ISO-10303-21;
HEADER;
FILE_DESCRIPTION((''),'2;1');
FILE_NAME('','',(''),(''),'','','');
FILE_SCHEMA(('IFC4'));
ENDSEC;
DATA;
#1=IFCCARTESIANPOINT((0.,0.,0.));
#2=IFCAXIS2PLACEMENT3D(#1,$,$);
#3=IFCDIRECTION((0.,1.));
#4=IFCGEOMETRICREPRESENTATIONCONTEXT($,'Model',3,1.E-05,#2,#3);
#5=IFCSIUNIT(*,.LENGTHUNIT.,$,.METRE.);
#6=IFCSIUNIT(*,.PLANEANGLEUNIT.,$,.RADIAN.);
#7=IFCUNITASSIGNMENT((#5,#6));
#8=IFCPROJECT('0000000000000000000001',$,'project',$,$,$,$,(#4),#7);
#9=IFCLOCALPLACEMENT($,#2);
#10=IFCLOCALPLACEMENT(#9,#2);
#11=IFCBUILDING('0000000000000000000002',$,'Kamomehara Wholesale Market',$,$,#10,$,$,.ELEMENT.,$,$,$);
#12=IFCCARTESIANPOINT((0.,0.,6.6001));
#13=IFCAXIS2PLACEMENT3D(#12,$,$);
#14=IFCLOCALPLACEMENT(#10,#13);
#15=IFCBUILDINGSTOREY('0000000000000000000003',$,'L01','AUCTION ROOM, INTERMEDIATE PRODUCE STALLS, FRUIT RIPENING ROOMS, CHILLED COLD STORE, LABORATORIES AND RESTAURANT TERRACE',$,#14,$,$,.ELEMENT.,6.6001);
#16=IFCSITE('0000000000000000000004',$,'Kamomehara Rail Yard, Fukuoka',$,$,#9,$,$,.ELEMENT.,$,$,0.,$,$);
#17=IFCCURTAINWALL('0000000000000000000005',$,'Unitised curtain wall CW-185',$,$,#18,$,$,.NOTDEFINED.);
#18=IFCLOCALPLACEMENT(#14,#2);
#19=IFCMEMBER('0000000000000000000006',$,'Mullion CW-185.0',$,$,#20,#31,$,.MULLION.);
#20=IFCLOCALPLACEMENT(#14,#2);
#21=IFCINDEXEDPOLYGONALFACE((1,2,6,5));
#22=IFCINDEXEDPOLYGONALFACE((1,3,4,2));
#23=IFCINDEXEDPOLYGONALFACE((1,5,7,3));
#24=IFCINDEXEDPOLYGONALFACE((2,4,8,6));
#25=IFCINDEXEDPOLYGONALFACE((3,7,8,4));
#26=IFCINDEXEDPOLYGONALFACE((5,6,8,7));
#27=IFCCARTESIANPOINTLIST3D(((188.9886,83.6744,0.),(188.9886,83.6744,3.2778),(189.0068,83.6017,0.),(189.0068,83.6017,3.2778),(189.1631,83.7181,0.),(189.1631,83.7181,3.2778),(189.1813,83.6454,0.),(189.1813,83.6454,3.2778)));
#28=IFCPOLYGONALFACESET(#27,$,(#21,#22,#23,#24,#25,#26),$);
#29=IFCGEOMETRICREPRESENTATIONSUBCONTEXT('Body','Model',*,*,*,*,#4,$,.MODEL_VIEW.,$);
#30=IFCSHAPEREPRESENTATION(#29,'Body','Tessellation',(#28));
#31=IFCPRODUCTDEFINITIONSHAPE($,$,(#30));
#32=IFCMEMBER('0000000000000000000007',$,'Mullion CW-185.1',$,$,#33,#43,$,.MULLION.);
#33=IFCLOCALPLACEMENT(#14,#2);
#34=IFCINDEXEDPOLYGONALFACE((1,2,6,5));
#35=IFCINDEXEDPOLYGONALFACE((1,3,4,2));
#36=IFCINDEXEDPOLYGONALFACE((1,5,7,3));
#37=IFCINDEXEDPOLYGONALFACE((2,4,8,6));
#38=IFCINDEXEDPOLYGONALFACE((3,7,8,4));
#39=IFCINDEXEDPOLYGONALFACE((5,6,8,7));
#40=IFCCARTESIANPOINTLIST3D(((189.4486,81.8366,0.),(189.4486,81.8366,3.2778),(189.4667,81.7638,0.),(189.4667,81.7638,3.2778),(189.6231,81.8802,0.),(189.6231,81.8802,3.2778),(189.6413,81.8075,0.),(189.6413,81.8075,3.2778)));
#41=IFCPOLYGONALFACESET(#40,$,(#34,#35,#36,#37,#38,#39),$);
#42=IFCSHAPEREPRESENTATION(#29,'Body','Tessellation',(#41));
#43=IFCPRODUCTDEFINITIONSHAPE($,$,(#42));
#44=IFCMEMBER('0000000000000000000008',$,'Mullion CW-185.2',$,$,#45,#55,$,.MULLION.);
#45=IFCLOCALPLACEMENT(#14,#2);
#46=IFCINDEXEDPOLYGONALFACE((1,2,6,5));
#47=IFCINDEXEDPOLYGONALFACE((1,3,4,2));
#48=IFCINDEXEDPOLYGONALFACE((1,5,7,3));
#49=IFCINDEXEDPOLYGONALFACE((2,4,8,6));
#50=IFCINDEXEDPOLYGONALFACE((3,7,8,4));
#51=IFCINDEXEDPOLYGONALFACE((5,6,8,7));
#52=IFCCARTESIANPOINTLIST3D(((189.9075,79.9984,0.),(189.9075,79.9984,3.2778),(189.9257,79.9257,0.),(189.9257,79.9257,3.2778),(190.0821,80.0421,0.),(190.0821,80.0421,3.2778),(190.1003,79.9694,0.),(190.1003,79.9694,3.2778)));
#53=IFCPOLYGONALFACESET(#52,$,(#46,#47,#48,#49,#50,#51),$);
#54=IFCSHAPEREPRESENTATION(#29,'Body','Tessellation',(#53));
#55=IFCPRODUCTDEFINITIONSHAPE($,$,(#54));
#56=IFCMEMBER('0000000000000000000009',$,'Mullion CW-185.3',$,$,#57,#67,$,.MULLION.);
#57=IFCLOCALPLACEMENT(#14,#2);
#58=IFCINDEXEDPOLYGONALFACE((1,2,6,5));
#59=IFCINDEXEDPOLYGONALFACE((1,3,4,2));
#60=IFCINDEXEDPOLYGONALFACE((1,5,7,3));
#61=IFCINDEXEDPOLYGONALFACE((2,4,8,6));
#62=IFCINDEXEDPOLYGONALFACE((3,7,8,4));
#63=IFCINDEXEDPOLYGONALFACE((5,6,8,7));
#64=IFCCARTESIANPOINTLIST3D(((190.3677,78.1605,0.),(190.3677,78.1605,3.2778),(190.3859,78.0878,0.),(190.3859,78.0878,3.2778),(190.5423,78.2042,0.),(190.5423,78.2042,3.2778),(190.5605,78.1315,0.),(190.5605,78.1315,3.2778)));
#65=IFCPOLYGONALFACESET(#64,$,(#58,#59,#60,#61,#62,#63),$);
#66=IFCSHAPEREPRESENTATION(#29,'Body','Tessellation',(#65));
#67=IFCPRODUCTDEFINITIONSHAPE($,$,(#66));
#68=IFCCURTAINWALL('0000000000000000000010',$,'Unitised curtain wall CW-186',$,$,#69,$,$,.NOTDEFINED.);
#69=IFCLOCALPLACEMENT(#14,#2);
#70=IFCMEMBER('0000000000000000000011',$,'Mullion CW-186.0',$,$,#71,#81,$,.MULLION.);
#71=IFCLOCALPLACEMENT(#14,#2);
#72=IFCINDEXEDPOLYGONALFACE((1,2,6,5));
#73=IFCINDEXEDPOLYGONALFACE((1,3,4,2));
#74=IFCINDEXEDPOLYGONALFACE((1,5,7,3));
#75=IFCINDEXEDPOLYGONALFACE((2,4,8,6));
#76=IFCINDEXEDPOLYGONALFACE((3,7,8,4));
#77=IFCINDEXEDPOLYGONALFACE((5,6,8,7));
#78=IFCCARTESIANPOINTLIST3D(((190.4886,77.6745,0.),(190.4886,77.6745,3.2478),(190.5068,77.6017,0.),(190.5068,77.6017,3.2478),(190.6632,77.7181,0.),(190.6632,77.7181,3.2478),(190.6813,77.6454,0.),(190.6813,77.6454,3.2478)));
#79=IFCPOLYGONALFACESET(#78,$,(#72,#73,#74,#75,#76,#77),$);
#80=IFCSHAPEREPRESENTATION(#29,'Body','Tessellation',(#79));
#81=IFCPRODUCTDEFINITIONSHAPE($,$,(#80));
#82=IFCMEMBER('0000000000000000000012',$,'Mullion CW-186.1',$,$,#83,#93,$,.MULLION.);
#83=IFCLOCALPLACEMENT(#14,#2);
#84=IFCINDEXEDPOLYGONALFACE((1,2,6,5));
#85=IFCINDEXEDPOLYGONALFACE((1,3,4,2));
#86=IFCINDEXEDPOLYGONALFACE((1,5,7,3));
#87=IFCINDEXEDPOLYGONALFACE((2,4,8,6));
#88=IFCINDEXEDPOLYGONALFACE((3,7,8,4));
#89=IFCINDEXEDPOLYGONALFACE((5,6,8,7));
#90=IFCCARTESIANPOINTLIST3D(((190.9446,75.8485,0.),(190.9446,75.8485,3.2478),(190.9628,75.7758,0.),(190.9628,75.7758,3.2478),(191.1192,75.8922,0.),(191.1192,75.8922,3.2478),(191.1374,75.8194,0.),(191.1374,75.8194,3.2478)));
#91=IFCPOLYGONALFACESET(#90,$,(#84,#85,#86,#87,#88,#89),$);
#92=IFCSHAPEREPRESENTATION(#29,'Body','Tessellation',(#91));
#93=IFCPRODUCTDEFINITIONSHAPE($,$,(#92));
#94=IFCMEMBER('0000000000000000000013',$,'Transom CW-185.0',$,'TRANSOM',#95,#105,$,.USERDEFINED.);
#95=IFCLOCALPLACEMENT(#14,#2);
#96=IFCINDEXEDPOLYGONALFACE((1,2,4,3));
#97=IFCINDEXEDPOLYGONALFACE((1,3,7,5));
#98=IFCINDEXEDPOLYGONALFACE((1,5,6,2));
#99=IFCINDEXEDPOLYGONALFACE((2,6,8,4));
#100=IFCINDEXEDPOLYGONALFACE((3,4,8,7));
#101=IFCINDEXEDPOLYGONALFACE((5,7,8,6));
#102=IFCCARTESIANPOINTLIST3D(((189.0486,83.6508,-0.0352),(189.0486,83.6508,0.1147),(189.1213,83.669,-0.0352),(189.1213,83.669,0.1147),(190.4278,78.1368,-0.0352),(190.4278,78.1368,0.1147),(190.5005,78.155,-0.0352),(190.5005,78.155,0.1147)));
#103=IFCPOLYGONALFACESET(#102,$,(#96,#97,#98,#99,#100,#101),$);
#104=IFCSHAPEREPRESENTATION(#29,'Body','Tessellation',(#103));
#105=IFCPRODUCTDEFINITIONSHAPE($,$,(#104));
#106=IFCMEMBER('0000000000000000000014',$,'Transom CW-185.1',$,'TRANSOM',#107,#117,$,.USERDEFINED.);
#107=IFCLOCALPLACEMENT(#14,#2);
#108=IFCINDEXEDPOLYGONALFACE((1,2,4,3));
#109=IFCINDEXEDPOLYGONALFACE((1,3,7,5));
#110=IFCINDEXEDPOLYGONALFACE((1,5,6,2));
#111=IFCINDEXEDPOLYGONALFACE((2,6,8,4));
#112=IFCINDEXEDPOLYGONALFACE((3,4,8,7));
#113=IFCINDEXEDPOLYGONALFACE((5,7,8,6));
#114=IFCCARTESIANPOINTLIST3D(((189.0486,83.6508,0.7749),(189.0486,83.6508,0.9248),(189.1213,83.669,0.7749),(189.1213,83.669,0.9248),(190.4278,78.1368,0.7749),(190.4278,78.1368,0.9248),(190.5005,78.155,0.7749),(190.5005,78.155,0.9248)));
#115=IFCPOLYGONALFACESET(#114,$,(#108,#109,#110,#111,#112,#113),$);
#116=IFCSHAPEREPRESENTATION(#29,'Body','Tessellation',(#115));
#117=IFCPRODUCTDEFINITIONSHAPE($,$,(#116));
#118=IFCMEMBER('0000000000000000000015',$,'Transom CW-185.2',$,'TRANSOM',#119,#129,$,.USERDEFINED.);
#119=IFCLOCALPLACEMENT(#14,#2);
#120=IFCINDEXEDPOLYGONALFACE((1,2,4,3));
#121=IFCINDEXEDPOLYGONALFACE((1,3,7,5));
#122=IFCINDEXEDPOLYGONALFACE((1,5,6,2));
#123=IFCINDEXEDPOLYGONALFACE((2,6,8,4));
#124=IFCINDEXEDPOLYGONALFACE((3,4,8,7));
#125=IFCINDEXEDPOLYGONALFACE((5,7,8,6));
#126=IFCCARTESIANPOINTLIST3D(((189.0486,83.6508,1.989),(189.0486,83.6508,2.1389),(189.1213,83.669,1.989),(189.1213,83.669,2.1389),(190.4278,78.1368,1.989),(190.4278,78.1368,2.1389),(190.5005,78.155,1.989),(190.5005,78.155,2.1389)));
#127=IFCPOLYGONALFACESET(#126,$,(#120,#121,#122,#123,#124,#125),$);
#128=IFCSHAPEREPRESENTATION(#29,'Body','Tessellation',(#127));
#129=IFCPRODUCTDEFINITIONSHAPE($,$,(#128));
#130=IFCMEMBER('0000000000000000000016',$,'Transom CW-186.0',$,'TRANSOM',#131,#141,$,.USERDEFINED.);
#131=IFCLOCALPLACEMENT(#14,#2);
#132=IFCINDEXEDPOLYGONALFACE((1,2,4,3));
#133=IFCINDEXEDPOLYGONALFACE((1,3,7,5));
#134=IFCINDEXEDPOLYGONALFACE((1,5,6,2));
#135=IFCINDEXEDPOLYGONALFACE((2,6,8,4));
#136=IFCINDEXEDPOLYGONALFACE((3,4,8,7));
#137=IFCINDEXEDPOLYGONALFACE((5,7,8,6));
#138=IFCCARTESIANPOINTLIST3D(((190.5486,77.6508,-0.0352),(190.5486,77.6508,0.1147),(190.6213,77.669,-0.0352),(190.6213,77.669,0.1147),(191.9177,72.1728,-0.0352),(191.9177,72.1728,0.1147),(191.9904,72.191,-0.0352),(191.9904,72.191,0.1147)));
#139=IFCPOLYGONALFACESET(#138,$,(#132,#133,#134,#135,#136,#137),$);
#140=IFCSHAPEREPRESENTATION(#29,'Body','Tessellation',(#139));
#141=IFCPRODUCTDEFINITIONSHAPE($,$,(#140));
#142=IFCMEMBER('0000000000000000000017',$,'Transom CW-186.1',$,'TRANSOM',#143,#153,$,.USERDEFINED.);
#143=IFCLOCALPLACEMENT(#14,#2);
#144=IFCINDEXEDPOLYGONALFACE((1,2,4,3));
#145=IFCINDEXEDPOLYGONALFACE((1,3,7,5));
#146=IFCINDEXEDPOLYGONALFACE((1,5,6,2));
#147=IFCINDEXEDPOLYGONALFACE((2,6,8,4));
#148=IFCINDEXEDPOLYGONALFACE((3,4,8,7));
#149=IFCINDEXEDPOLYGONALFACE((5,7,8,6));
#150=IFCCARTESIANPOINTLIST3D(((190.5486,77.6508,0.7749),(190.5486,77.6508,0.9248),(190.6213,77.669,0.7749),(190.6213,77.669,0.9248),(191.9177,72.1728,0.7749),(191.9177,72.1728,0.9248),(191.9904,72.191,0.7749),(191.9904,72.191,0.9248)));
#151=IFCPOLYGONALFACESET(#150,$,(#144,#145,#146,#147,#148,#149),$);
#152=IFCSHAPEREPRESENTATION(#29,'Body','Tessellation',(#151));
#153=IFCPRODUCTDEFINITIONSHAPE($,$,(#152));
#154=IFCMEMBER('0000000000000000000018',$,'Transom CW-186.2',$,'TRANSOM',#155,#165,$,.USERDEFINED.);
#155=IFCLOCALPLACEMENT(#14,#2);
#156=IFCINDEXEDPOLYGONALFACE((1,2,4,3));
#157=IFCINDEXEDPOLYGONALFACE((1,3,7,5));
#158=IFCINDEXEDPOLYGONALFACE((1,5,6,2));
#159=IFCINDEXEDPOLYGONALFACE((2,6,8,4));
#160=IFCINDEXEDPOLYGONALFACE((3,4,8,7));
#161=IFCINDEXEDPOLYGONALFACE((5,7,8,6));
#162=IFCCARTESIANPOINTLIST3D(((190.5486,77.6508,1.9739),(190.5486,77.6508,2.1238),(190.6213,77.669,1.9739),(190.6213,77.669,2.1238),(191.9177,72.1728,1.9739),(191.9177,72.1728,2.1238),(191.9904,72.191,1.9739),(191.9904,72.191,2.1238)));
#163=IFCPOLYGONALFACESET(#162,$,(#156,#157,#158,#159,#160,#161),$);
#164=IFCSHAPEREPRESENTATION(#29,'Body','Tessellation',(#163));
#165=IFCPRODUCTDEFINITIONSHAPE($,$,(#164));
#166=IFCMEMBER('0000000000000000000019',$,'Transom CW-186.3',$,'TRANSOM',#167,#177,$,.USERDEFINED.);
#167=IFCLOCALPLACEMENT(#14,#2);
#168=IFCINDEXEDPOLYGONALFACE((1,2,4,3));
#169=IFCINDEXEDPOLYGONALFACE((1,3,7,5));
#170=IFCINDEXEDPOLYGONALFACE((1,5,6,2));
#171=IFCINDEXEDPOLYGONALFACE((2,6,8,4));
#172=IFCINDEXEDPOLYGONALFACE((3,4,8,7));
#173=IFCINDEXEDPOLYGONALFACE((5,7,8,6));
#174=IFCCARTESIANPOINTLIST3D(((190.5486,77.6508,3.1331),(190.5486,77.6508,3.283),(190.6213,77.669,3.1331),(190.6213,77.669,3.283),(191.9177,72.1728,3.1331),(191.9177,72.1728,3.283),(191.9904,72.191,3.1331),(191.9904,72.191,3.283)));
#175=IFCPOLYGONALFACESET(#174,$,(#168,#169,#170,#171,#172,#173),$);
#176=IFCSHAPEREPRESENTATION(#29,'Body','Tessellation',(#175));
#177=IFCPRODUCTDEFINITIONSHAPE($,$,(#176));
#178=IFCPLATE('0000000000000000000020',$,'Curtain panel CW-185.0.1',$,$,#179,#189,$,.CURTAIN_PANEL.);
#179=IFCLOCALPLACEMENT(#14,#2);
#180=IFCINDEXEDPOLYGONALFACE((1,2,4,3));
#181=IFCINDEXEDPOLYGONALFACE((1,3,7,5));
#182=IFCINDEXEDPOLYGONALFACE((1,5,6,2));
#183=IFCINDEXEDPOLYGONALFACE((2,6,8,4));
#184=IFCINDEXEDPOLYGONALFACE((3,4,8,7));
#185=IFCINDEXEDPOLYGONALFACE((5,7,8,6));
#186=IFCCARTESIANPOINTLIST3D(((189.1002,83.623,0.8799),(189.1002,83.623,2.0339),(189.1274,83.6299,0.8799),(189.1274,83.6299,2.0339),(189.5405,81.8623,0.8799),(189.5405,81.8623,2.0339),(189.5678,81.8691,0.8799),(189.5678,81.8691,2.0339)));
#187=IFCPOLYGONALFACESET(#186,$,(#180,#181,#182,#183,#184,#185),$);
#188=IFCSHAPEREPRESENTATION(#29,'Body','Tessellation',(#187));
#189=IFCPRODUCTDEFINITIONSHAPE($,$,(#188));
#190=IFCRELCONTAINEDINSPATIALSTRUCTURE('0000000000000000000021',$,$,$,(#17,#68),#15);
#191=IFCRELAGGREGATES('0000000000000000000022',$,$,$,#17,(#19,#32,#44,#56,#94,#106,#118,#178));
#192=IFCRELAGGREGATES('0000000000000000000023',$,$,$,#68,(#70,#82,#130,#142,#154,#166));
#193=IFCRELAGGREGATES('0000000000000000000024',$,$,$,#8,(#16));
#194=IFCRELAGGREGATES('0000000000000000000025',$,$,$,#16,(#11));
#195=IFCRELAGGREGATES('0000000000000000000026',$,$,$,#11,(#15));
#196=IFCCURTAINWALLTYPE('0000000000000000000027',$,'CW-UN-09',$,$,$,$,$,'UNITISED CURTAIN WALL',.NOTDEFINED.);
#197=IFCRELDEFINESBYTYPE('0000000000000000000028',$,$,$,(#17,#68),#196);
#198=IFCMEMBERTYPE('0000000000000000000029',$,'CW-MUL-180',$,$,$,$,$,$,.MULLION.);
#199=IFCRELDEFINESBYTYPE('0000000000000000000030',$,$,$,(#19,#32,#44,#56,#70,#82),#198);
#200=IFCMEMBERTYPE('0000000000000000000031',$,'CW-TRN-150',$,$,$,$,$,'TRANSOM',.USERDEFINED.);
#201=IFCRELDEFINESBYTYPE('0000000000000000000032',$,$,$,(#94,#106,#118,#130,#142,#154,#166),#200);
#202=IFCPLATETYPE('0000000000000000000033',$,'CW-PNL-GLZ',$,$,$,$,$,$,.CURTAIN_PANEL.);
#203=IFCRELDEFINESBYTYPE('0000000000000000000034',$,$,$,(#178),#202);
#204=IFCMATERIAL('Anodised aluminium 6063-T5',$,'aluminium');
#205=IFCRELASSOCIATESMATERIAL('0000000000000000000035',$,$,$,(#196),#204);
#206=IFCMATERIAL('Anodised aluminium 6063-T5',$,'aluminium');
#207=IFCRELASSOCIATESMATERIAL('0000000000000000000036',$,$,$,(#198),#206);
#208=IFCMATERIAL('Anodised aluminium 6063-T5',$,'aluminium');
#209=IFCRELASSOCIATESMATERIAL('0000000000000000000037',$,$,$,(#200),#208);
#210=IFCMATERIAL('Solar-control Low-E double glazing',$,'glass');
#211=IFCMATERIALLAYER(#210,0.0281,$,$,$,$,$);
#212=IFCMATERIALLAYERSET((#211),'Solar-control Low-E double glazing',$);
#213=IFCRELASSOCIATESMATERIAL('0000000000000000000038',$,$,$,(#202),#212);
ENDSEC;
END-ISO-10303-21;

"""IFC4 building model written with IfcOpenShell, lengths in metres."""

from ifc_helpers import new_model, si_unit, direction, frame, origin, origin_2d, place, context, subcontext, project, spatial, rectangle, extrude, material, layer, layer_set, material_profile, profile_set, type_object, element, aggregate, save


model = new_model("IFC4")

# Units and contexts
model_context = context("Model", 3, precision=1e-05, world=origin(), true_north=direction((0.0, 1.0)))
body_context = subcontext(model_context, "Body", "Model", "MODEL_VIEW")
ifc_project = project(units=[si_unit("LENGTHUNIT", "METRE"), si_unit("PLANEANGLEUNIT", "RADIAN")], contexts=[model_context])

# Site, building, storey
site_placement = place(None, origin())
site = spatial("IfcSite", under=ifc_project, at=site_placement, Name="Kamomehara Rail Yard, Fukuoka", CompositionType="ELEMENT", RefElevation=0.0)
building_placement = place(site_placement, origin())
building = spatial("IfcBuilding", under=site, at=building_placement, Name="Kamomehara Wholesale Market", CompositionType="ELEMENT")
storey_placement = place(building_placement, frame((0.0, 0.0, 6.6001)))
storey = spatial("IfcBuildingStorey", under=building, at=storey_placement, Name="L01", Description="AUCTION ROOM, INTERMEDIATE PRODUCE STALLS, FRUIT RIPENING ROOMS, CHILLED COLD STORE, LABORATORIES AND RESTAURANT TERRACE", CompositionType="ELEMENT", Elevation=6.6001)

# Curtain walls, members
ifc_material_1 = material(Name="Anodised aluminium 6063-T5", Category="aluminium")
curtain_wall_type = type_object("IfcCurtainWallType", Name="CW-UN-09", ElementType="UNITISED CURTAIN WALL", PredefinedType="NOTDEFINED", material=ifc_material_1)
curtain_wall_1_placement = place(storey_placement, origin())
curtain_wall_1 = element("IfcCurtainWall", 1, at=curtain_wall_1_placement, inside=storey, type_object=curtain_wall_type, Name="Unitised curtain wall CW-185", PredefinedType="NOTDEFINED")
ifc_material_2 = material(Name="Anodised aluminium 6063-T5", Category="aluminium")
ifc_material_profile_1 = material_profile(ifc_material_2, rectangle(XDim=0.075, YDim=0.1799, at=origin_2d()), Name="ALU-MUL-75x180")
ifc_profile_set_1 = profile_set([ifc_material_profile_1], Name="Anodised aluminium 6063-T5")
member_type_1 = type_object("IfcMemberType", Name="CW-MUL-180", PredefinedType="MULLION", material=ifc_profile_set_1)
member_1_placement = place(storey_placement, frame((189.085, 83.6599, 0.0), z_axis=(0.0, 0.0, 1.0), x_axis=(0.242618, -0.970122, 0.0)))
member_1 = element("IfcMember", 2, at=member_1_placement, type_object=member_type_1, Name="Mullion CW-185.0", PredefinedType="MULLION", context=body_context, shape_type="SweptSolid", body=[
    extrude(rectangle(XDim=0.075, YDim=0.1799, at=origin_2d()), origin(), (0.0, 0.0, 1.0), 3.2778),
])
member_2_placement = place(storey_placement, frame((189.5449, 81.822, 0.0), z_axis=(0.0, 0.0, 1.0), x_axis=(0.242618, -0.970122, 0.0)))
member_2 = element("IfcMember", 3, at=member_2_placement, type_object=member_type_1, Name="Mullion CW-185.1", PredefinedType="MULLION", context=body_context, shape_type="SweptSolid", body=[
    extrude(rectangle(XDim=0.075, YDim=0.1799, at=origin_2d()), origin(), (0.0, 0.0, 1.0), 3.2778),
])
member_3_placement = place(storey_placement, frame((190.0039, 79.9839, 0.0), z_axis=(0.0, 0.0, 1.0), x_axis=(0.242618, -0.970122, 0.0)))
member_3 = element("IfcMember", 4, at=member_3_placement, type_object=member_type_1, Name="Mullion CW-185.2", PredefinedType="MULLION", context=body_context, shape_type="SweptSolid", body=[
    extrude(rectangle(XDim=0.075, YDim=0.1799, at=origin_2d()), origin(), (0.0, 0.0, 1.0), 3.2778),
])
member_4_placement = place(storey_placement, frame((190.4641, 78.146, 0.0), z_axis=(0.0, 0.0, 1.0), x_axis=(0.242618, -0.970122, 0.0)))
member_4 = element("IfcMember", 5, at=member_4_placement, type_object=member_type_1, Name="Mullion CW-185.3", PredefinedType="MULLION", context=body_context, shape_type="SweptSolid", body=[
    extrude(rectangle(XDim=0.075, YDim=0.1799, at=origin_2d()), origin(), (0.0, 0.0, 1.0), 3.2778),
])
curtain_wall_2_placement = place(storey_placement, origin())
curtain_wall_2 = element("IfcCurtainWall", 6, at=curtain_wall_2_placement, inside=storey, type_object=curtain_wall_type, Name="Unitised curtain wall CW-186", PredefinedType="NOTDEFINED")
member_5_placement = place(storey_placement, frame((190.585, 77.6599, 0.0), z_axis=(0.0, 0.0, 1.0), x_axis=(0.242452, -0.970163, 0.0)))
member_5 = element("IfcMember", 7, at=member_5_placement, type_object=member_type_1, Name="Mullion CW-186.0", PredefinedType="MULLION", context=body_context, shape_type="SweptSolid", body=[
    extrude(rectangle(XDim=0.075, YDim=0.1799, at=origin_2d()), origin(), (0.0, 0.0, 1.0), 3.2478),
])
member_6_placement = place(storey_placement, frame((191.041, 75.834, 0.0), z_axis=(0.0, 0.0, 1.0), x_axis=(0.242452, -0.970163, 0.0)))
member_6 = element("IfcMember", 8, at=member_6_placement, type_object=member_type_1, Name="Mullion CW-186.1", PredefinedType="MULLION", context=body_context, shape_type="SweptSolid", body=[
    extrude(rectangle(XDim=0.075, YDim=0.1799, at=origin_2d()), origin(), (0.0, 0.0, 1.0), 3.2478),
])

# Members
ifc_material_3 = material(Name="Anodised aluminium 6063-T5", Category="aluminium")
ifc_material_profile_2 = material_profile(ifc_material_3, rectangle(XDim=0.075, YDim=0.1499, at=origin_2d()), Name="ALU-TRN-75x150")
ifc_profile_set_2 = profile_set([ifc_material_profile_2], Name="Anodised aluminium 6063-T5")
member_type_2 = type_object("IfcMemberType", Name="CW-TRN-150", ElementType="TRANSOM", PredefinedType="USERDEFINED", material=ifc_profile_set_2)
member_7_placement = place(storey_placement, frame((189.085, 83.6599, 0.0398), z_axis=(0.242647, -0.970115, 0.0), x_axis=(0.970115, 0.242647, 0.0)))
member_7 = element("IfcMember", 9, at=member_7_placement, type_object=member_type_2, Name="Transom CW-185.0", ObjectType="TRANSOM", PredefinedType="USERDEFINED", context=body_context, shape_type="SweptSolid", body=[
    extrude(rectangle(XDim=0.075, YDim=0.1499, at=origin_2d()), origin(), (0.0, 0.0, 1.0), 5.6838),
])
member_8_placement = place(storey_placement, frame((189.085, 83.6599, 0.8499), z_axis=(0.242647, -0.970115, 0.0), x_axis=(0.970115, 0.242647, 0.0)))
member_8 = element("IfcMember", 10, at=member_8_placement, type_object=member_type_2, Name="Transom CW-185.1", ObjectType="TRANSOM", PredefinedType="USERDEFINED", context=body_context, shape_type="SweptSolid", body=[
    extrude(rectangle(XDim=0.075, YDim=0.1499, at=origin_2d()), origin(), (0.0, 0.0, 1.0), 5.6838),
])
member_9_placement = place(storey_placement, frame((189.085, 83.6599, 2.064), z_axis=(0.242647, -0.970115, 0.0), x_axis=(0.970115, 0.242647, 0.0)))
member_9 = element("IfcMember", 11, at=member_9_placement, type_object=member_type_2, Name="Transom CW-185.2", ObjectType="TRANSOM", PredefinedType="USERDEFINED", context=body_context, shape_type="SweptSolid", body=[
    extrude(rectangle(XDim=0.075, YDim=0.1499, at=origin_2d()), origin(), (0.0, 0.0, 1.0), 5.6838),
])
member_10_placement = place(storey_placement, frame((190.585, 77.6599, 0.0398), z_axis=(0.242475, -0.970158, 0.0), x_axis=(0.970158, 0.242475, 0.0)))
member_10 = element("IfcMember", 12, at=member_10_placement, type_object=member_type_2, Name="Transom CW-186.0", ObjectType="TRANSOM", PredefinedType="USERDEFINED", context=body_context, shape_type="SweptSolid", body=[
    extrude(rectangle(XDim=0.075, YDim=0.1499, at=origin_2d()), origin(), (0.0, 0.0, 1.0), 5.6465),
])
member_11_placement = place(storey_placement, frame((190.585, 77.6599, 0.8499), z_axis=(0.242475, -0.970158, 0.0), x_axis=(0.970158, 0.242475, 0.0)))
member_11 = element("IfcMember", 13, at=member_11_placement, type_object=member_type_2, Name="Transom CW-186.1", ObjectType="TRANSOM", PredefinedType="USERDEFINED", context=body_context, shape_type="SweptSolid", body=[
    extrude(rectangle(XDim=0.075, YDim=0.1499, at=origin_2d()), origin(), (0.0, 0.0, 1.0), 5.6465),
])
member_12_placement = place(storey_placement, frame((190.585, 77.6599, 2.0488), z_axis=(0.242475, -0.970158, 0.0), x_axis=(0.970158, 0.242475, 0.0)))
member_12 = element("IfcMember", 14, at=member_12_placement, type_object=member_type_2, Name="Transom CW-186.2", ObjectType="TRANSOM", PredefinedType="USERDEFINED", context=body_context, shape_type="SweptSolid", body=[
    extrude(rectangle(XDim=0.075, YDim=0.1499, at=origin_2d()), origin(), (0.0, 0.0, 1.0), 5.6465),
])
member_13_placement = place(storey_placement, frame((190.585, 77.6599, 3.208), z_axis=(0.242475, -0.970158, 0.0), x_axis=(0.970158, 0.242475, 0.0)))
member_13 = element("IfcMember", 15, at=member_13_placement, type_object=member_type_2, Name="Transom CW-186.3", ObjectType="TRANSOM", PredefinedType="USERDEFINED", context=body_context, shape_type="SweptSolid", body=[
    extrude(rectangle(XDim=0.075, YDim=0.1499, at=origin_2d()), origin(), (0.0, 0.0, 1.0), 5.6465),
])

# Plate
ifc_material_4 = material(Name="Solar-control Low-E double glazing", Category="glass")
ifc_layer_1 = layer(ifc_material_4, 0.0281)
ifc_layer_set_1 = layer_set([ifc_layer_1], Name="Solar-control Low-E double glazing")
plate_type_1 = type_object("IfcPlateType", Name="CW-PNL-GLZ", PredefinedType="CURTAIN_PANEL", material=ifc_layer_set_1)
plate_1_placement = place(storey_placement, frame((189.334, 82.7461, 0.8799), z_axis=(0.0, 0.0, 1.0), x_axis=(0.242616, -0.970122, 0.0)))
plate_1 = element("IfcPlate", 16, at=plate_1_placement, type_object=plate_type_1, Name="Curtain panel CW-185.0.1", PredefinedType="CURTAIN_PANEL", context=body_context, shape_type="SweptSolid", body=[
    extrude(rectangle(XDim=1.8149, YDim=0.0281, at=origin_2d()), origin(), (0.0, 0.0, 1.0), 1.1541),
])
aggregate(curtain_wall_1, [member_1, member_2, member_3, member_4, member_7, member_8, member_9, plate_1])
aggregate(curtain_wall_2, [member_5, member_6, member_10, member_11, member_12, member_13])

save(model, "model.ifc")
